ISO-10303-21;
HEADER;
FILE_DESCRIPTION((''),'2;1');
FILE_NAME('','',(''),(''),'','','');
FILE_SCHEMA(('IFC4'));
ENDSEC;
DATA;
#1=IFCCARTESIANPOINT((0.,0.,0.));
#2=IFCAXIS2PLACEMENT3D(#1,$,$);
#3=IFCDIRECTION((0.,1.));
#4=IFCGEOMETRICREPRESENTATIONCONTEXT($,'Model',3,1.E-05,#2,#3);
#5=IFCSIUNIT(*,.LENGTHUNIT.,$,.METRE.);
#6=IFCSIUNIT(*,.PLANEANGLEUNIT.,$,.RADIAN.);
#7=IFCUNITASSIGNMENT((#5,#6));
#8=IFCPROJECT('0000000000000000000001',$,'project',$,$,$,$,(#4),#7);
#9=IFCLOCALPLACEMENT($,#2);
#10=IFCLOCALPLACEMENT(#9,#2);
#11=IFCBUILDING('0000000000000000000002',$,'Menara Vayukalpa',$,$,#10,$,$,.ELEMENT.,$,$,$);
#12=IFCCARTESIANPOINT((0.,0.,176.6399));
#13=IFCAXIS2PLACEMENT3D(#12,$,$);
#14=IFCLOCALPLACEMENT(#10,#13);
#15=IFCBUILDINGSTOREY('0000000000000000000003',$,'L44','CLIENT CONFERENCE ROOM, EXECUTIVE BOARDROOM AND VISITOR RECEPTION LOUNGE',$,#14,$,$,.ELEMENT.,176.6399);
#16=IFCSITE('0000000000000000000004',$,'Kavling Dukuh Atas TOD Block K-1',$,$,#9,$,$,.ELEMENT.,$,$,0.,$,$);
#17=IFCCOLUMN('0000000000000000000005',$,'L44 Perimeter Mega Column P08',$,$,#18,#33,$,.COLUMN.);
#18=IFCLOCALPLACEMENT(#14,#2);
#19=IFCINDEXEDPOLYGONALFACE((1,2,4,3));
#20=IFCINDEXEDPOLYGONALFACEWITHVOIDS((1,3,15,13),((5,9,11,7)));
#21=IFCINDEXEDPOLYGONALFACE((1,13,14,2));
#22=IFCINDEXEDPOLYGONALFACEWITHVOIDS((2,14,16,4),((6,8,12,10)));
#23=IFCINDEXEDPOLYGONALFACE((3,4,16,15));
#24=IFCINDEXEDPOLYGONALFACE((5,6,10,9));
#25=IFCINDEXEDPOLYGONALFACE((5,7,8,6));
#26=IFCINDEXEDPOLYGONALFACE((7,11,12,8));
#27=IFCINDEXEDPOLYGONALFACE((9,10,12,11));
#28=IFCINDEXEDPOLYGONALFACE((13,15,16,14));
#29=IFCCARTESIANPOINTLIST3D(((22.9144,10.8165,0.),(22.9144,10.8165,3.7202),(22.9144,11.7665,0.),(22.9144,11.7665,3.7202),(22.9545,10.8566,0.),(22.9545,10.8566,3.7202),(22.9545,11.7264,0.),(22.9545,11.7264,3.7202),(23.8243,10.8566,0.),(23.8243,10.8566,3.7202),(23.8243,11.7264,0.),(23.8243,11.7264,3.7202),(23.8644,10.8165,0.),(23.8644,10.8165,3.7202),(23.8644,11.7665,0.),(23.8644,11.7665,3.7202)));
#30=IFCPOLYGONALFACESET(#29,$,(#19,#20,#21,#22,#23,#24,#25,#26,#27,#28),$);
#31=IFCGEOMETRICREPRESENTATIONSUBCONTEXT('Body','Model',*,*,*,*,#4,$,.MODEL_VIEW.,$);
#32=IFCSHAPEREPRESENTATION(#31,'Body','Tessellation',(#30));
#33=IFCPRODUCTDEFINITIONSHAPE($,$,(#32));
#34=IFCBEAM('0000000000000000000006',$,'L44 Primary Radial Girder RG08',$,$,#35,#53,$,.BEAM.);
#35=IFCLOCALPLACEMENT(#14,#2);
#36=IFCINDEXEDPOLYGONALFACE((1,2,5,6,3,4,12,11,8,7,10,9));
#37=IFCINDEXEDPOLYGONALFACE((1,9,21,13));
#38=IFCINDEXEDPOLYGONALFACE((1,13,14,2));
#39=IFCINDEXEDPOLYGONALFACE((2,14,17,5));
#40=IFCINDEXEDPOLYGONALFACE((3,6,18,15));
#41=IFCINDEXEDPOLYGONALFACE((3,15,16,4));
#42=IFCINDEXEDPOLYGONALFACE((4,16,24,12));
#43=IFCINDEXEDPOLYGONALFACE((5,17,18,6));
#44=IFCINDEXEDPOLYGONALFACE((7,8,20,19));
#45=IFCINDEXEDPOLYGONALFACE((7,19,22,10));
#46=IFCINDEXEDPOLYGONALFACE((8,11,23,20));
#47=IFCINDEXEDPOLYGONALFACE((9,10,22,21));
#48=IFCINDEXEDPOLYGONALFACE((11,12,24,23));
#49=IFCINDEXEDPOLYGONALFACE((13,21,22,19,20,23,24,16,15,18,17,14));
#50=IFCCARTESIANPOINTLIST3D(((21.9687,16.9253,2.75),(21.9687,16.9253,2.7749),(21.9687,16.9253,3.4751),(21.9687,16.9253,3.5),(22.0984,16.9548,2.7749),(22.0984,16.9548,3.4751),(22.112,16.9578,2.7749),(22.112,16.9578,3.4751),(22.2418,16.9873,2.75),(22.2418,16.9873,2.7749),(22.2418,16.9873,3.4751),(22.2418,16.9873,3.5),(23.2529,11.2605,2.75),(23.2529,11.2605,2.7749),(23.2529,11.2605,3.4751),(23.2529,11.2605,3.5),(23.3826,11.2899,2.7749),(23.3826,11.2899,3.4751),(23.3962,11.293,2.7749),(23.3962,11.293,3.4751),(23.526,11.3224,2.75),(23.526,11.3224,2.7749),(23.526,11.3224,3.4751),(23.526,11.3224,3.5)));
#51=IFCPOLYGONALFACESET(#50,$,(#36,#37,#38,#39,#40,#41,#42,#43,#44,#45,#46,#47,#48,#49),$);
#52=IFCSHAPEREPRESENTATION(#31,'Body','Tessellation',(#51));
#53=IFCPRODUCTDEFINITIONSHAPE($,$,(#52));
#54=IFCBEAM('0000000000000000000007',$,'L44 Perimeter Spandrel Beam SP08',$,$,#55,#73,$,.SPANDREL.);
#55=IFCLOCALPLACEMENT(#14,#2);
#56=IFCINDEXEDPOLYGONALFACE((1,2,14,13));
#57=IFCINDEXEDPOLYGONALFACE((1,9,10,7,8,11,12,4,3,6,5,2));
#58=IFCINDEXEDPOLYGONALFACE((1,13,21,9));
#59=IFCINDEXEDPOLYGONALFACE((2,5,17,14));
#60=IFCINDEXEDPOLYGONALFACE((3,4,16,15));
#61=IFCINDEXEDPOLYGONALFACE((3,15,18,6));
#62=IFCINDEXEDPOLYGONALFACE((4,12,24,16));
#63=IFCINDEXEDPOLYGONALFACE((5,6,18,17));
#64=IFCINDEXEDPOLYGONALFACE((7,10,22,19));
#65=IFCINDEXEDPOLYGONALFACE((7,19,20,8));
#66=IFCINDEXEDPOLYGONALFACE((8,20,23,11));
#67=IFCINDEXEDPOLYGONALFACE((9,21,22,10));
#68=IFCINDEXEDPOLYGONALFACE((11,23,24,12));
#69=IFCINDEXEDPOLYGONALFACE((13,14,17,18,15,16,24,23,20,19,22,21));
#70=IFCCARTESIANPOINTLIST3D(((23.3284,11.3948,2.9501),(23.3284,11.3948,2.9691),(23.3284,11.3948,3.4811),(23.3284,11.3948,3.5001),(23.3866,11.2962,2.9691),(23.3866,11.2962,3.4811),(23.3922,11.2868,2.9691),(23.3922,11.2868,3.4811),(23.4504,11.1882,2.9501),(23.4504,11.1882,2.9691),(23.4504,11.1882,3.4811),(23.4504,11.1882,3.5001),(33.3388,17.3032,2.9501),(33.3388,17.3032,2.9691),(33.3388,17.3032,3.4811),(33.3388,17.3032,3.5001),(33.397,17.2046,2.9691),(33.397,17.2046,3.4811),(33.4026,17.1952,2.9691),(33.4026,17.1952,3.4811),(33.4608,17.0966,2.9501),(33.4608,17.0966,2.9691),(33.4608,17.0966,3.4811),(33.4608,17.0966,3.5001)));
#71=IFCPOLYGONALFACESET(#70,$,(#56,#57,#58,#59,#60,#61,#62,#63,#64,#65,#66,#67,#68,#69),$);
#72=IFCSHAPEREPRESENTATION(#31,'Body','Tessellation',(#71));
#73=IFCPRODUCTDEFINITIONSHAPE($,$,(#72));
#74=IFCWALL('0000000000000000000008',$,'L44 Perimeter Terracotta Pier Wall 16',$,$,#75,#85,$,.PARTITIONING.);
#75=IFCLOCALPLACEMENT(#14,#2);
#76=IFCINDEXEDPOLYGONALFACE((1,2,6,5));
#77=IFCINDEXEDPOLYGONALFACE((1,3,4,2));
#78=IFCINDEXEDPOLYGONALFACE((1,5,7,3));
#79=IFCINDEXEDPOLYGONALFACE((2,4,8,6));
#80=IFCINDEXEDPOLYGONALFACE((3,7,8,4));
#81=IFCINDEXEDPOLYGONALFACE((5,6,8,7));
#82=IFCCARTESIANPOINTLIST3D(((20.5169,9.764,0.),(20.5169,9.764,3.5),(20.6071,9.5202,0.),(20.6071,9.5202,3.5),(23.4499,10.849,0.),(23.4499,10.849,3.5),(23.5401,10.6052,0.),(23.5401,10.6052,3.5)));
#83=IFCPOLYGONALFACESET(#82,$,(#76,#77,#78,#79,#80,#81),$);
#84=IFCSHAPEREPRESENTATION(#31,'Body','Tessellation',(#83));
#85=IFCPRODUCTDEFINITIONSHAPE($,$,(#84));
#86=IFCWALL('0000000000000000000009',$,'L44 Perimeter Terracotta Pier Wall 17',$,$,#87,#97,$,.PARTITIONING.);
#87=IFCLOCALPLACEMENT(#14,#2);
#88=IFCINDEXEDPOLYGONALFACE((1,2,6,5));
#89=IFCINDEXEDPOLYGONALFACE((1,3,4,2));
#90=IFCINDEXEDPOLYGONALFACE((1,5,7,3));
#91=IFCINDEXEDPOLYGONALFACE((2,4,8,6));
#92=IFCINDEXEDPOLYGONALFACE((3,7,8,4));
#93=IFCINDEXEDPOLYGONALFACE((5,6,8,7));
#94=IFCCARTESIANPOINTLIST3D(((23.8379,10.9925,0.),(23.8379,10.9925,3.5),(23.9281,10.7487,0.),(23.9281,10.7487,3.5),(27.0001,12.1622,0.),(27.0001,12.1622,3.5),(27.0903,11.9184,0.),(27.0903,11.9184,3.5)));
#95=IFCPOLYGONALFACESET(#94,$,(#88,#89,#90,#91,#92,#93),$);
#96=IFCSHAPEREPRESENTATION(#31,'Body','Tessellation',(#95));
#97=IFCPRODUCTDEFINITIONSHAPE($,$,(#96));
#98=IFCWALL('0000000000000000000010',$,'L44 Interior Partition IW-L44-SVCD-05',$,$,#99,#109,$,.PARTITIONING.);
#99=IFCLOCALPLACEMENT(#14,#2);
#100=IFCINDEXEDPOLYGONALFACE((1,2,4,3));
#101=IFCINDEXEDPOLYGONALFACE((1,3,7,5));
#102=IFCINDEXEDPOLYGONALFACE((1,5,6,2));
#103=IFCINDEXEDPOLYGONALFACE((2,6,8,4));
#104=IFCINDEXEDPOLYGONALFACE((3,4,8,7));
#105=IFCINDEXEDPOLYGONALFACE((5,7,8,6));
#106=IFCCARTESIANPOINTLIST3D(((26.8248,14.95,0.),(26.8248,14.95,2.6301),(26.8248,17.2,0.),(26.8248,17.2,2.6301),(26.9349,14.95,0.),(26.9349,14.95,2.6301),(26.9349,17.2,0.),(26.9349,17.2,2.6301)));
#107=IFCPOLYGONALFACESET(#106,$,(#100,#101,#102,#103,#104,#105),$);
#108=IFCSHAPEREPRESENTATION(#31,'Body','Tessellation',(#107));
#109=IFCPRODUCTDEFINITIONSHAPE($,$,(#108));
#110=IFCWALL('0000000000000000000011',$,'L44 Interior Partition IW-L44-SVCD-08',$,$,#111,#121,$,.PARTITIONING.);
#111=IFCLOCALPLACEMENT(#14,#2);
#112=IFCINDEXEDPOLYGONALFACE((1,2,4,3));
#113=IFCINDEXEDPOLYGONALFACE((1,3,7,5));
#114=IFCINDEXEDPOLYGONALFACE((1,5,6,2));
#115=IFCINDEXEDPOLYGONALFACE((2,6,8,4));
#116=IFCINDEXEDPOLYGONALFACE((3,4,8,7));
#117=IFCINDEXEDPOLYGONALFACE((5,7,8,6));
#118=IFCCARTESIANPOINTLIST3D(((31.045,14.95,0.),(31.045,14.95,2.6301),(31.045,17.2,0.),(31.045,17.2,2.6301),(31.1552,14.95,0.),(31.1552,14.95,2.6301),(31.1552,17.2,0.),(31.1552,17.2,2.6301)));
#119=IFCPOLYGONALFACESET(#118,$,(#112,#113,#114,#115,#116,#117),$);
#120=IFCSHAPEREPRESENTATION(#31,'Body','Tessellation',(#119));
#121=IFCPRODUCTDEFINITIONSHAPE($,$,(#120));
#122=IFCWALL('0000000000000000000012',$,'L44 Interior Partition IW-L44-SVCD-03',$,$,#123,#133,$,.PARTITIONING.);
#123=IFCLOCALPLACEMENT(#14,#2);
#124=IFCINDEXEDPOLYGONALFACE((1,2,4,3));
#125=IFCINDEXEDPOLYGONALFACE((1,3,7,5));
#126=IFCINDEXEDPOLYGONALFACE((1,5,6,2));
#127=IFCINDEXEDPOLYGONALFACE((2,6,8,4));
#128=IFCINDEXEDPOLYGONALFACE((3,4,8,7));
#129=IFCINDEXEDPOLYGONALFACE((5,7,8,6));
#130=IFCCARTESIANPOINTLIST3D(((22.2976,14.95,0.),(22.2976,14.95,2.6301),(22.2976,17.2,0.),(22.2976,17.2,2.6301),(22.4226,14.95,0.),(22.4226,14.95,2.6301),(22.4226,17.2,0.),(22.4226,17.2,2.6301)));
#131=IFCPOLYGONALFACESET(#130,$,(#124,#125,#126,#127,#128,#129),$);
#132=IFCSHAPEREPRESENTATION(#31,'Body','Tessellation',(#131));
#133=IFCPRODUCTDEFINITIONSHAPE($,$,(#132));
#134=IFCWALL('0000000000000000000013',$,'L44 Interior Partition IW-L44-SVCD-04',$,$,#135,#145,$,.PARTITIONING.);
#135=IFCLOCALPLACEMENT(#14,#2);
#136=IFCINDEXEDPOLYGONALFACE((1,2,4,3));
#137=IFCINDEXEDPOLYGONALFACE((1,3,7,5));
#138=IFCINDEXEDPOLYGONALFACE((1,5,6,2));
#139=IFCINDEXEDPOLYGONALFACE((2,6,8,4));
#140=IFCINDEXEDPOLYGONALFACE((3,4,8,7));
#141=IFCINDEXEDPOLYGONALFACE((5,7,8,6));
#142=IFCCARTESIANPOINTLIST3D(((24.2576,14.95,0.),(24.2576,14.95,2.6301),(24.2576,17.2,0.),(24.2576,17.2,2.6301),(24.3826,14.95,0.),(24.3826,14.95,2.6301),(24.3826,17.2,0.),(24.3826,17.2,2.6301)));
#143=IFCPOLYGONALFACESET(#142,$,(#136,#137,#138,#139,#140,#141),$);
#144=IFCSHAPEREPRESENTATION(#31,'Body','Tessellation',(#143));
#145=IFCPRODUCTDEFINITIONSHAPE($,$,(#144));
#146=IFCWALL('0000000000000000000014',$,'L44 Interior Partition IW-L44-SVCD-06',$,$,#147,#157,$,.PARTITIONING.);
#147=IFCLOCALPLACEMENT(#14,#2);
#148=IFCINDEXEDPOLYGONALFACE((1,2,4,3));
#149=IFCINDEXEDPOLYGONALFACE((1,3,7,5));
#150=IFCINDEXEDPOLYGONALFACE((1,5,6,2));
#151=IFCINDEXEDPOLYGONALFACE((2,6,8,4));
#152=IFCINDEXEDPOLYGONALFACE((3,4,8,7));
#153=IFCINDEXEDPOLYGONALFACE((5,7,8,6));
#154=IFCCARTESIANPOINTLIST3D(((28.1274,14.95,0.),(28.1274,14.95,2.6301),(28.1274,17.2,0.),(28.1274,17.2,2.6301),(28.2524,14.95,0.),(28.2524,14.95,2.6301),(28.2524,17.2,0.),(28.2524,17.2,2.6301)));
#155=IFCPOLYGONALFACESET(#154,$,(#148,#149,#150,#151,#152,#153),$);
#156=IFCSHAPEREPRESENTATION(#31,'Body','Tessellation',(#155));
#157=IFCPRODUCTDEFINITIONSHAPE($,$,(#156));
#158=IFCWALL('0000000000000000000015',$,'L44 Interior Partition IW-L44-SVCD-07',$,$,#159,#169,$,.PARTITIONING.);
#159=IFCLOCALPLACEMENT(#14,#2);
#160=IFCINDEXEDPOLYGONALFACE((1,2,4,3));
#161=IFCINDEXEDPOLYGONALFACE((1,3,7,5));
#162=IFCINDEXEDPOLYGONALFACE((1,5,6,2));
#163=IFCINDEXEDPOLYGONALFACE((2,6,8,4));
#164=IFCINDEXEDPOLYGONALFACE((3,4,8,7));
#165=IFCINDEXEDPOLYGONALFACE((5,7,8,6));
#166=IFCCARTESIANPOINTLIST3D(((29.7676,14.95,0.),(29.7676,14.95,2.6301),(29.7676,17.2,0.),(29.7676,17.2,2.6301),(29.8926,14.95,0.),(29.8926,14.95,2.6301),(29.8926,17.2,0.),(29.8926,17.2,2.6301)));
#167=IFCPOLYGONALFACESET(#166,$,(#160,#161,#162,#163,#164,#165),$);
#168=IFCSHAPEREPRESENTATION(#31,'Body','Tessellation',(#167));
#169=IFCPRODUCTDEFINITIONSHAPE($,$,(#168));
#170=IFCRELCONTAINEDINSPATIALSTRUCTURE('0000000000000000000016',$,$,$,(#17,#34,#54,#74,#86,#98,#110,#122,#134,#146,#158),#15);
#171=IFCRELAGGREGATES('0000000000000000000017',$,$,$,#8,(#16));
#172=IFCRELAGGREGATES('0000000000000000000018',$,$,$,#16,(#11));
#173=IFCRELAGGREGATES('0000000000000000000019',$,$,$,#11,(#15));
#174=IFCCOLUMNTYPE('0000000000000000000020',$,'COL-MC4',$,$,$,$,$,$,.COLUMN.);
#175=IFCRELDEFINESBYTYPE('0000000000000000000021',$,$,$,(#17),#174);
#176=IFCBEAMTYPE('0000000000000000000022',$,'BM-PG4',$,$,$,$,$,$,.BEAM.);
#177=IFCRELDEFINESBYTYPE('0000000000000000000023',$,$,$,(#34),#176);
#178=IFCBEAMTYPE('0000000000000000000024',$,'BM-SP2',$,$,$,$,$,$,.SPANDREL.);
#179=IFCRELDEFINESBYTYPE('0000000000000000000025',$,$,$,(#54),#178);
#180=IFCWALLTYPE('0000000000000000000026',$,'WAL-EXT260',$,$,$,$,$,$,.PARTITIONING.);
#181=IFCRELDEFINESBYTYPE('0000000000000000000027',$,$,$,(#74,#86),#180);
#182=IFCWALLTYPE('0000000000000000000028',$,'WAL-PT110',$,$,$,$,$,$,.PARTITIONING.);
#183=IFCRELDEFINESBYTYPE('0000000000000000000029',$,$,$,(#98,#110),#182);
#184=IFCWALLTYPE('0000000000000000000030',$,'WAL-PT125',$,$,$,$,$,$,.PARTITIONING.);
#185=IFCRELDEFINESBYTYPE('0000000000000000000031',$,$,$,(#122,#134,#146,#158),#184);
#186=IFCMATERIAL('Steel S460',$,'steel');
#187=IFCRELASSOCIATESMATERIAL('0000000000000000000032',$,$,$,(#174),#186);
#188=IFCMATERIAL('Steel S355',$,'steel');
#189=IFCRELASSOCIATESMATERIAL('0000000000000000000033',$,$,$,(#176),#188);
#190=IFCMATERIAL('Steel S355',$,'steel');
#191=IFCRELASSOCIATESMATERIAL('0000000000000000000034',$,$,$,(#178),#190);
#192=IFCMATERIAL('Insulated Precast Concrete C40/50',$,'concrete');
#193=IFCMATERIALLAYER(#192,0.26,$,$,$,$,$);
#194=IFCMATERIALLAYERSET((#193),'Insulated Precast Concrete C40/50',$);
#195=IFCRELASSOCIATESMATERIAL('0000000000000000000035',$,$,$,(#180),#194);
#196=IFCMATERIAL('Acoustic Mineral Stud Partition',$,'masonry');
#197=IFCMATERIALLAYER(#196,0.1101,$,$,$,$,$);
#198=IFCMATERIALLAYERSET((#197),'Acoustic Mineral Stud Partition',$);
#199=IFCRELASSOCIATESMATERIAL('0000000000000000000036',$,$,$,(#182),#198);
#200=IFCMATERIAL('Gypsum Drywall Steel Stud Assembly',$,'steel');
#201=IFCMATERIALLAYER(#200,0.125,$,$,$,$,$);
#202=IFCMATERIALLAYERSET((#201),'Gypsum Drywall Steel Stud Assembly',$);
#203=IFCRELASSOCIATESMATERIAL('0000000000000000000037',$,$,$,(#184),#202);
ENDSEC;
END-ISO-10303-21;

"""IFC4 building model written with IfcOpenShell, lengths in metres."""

from ifc_helpers import new_model, si_unit, direction, frame, frame_2d, origin, origin_2d, place, context, subcontext, project, spatial, rectangle, hollow_rectangle, i_section, extrude, material, layer, layer_set, material_profile, profile_set, type_object, element, save


model = new_model("IFC4")

# Units and contexts
model_context = context("Model", 3, precision=1e-05, world=origin(), true_north=direction((0.0, 1.0)))
body_context = subcontext(model_context, "Body", "Model", "MODEL_VIEW")
ifc_project = project(units=[si_unit("LENGTHUNIT", "METRE"), si_unit("PLANEANGLEUNIT", "RADIAN")], contexts=[model_context])

# Site, building, storey
site_placement = place(None, origin())
site = spatial("IfcSite", under=ifc_project, at=site_placement, Name="Kavling Dukuh Atas TOD Block K-1", CompositionType="ELEMENT", RefElevation=0.0)
building_placement = place(site_placement, origin())
building = spatial("IfcBuilding", under=site, at=building_placement, Name="Menara Vayukalpa", CompositionType="ELEMENT")
storey_placement = place(building_placement, frame((0.0, 0.0, 176.6399)))
storey = spatial("IfcBuildingStorey", under=building, at=storey_placement, Name="L44", Description="CLIENT CONFERENCE ROOM, EXECUTIVE BOARDROOM AND VISITOR RECEPTION LOUNGE", CompositionType="ELEMENT", Elevation=176.6399)

# Column
ifc_material_1 = material(Name="Steel S460", Category="steel")
ifc_material_profile_1 = material_profile(ifc_material_1, hollow_rectangle(XDim=0.95, YDim=0.95, WallThickness=0.04, at=origin_2d()), Name="BOX 950x950x40")
ifc_profile_set_1 = profile_set([ifc_material_profile_1], Name="Steel S460")
column_type = type_object("IfcColumnType", Name="COL-MC4", PredefinedType="COLUMN", material=ifc_profile_set_1)
column_placement = place(storey_placement, frame((23.3894, 11.2915, 0.0), z_axis=(0.0, 0.0, 1.0), x_axis=(1.0, 0.0, 0.0)))
element("IfcColumn", 1, at=column_placement, inside=storey, type_object=column_type, Name="L44 Perimeter Mega Column P08", PredefinedType="COLUMN", context=body_context, shape_type="SweptSolid", body=[
    extrude(hollow_rectangle(XDim=0.95, YDim=0.95, WallThickness=0.04, at=origin_2d()), origin(), (0.0, 0.0, 1.0), 3.7202),
])

# Beams
ifc_material_2 = material(Name="Steel S355", Category="steel")
ifc_material_profile_2 = material_profile(ifc_material_2, i_section(OverallWidth=0.28, OverallDepth=0.75, WebThickness=0.0139, FlangeThickness=0.0249, at=origin_2d()), Name="WF 750x280x14x25")
ifc_profile_set_2 = profile_set([ifc_material_profile_2], Name="Steel S355")
beam_type_1 = type_object("IfcBeamType", Name="BM-PG4", PredefinedType="BEAM", material=ifc_profile_set_2)
beam_1_placement = place(storey_placement, frame((22.1052, 16.9563, 3.125), z_axis=(0.221085, -0.975255, 0.0), x_axis=(0.975255, 0.221085, 0.0)))
element("IfcBeam", 2, at=beam_1_placement, inside=storey, type_object=beam_type_1, Name="L44 Primary Radial Girder RG08", PredefinedType="BEAM", context=body_context, shape_type="SweptSolid", body=[
    extrude(i_section(OverallWidth=0.28, OverallDepth=0.75, WebThickness=0.0139, FlangeThickness=0.0249, at=origin_2d()), origin(), (0.0, 0.0, 1.0), 5.8086),
])
ifc_material_3 = material(Name="Steel S355", Category="steel")
ifc_material_profile_3 = material_profile(ifc_material_3, i_section(OverallWidth=0.24, OverallDepth=0.55, WebThickness=0.011, FlangeThickness=0.019, at=origin_2d()), Name="WF 550x240x11x19")
ifc_profile_set_3 = profile_set([ifc_material_profile_3], Name="Steel S355")
beam_type_2 = type_object("IfcBeamType", Name="BM-SP2", PredefinedType="SPANDREL", material=ifc_profile_set_3)
beam_2_placement = place(storey_placement, frame((23.3894, 11.2915, 3.2251), z_axis=(0.861184, 0.508293, 0.0), x_axis=(-0.508293, 0.861184, 0.0)))
element("IfcBeam", 3, at=beam_2_placement, inside=storey, type_object=beam_type_2, Name="L44 Perimeter Spandrel Beam SP08", PredefinedType="SPANDREL", context=body_context, shape_type="SweptSolid", body=[
    extrude(i_section(OverallWidth=0.24, OverallDepth=0.55, WebThickness=0.011, FlangeThickness=0.019, at=origin_2d()), origin(), (0.0, 0.0, 1.0), 11.624),
])

# Walls
ifc_material_4 = material(Name="Insulated Precast Concrete C40/50", Category="concrete")
ifc_layer_1 = layer(ifc_material_4, 0.26)
ifc_layer_set_1 = layer_set([ifc_layer_1], Name="Insulated Precast Concrete C40/50")
wall_type_1 = type_object("IfcWallType", Name="WAL-EXT260", PredefinedType="PARTITIONING", material=ifc_layer_set_1)
wall_1_placement = place(storey_placement, frame((23.4949, 10.7271, 0.0), z_axis=(0.0, 0.0, 1.0), x_axis=(-0.937882, -0.346953, 0.0)))
element("IfcWall", 4, at=wall_1_placement, inside=storey, type_object=wall_type_1, Name="L44 Perimeter Terracotta Pier Wall 16", PredefinedType="PARTITIONING", context=body_context, shape_type="SweptSolid", body=[
    extrude(rectangle(XDim=3.1272, YDim=0.26, at=frame_2d((1.5635, 0.0))), origin(), (0.0, 0.0, 1.0), 3.5),
])
wall_2_placement = place(storey_placement, frame((27.0452, 12.0403, 0.0), z_axis=(0.0, 0.0, 1.0), x_axis=(-0.937891, -0.34693, 0.0)))
element("IfcWall", 5, at=wall_2_placement, inside=storey, type_object=wall_type_1, Name="L44 Perimeter Terracotta Pier Wall 17", PredefinedType="PARTITIONING", context=body_context, shape_type="SweptSolid", body=[
    extrude(rectangle(XDim=3.3716, YDim=0.26, at=frame_2d((1.6858, 0.0))), origin(), (0.0, 0.0, 1.0), 3.5),
])
ifc_material_5 = material(Name="Acoustic Mineral Stud Partition", Category="masonry")
ifc_layer_2 = layer(ifc_material_5, 0.1101)
ifc_layer_set_2 = layer_set([ifc_layer_2], Name="Acoustic Mineral Stud Partition")
wall_type_2 = type_object("IfcWallType", Name="WAL-PT110", PredefinedType="PARTITIONING", material=ifc_layer_set_2)
for number, where, z_axis, x_axis, name in (
    (6, (26.8799, 14.95, 0.0), (0.0, 0.0, 1.0), (0.0, 1.0, 0.0), "L44 Interior Partition IW-L44-SVCD-05"),
    (7, (31.1001, 14.95, 0.0), (0.0, 0.0, 1.0), (0.0, 1.0, 0.0), "L44 Interior Partition IW-L44-SVCD-08"),
):
    element("IfcWall", number, at=place(storey_placement, frame(where, z_axis=z_axis, x_axis=x_axis)), inside=storey, type_object=wall_type_2, Name=name, PredefinedType="PARTITIONING", context=body_context, shape_type="SweptSolid", body=[
        extrude(rectangle(XDim=2.25, YDim=0.1101, at=frame_2d((1.125, 0.0))), origin(), (0.0, 0.0, 1.0), 2.6301),
    ])
ifc_material_6 = material(Name="Gypsum Drywall Steel Stud Assembly", Category="steel")
ifc_layer_3 = layer(ifc_material_6, 0.125)
ifc_layer_set_3 = layer_set([ifc_layer_3], Name="Gypsum Drywall Steel Stud Assembly")
wall_type_3 = type_object("IfcWallType", Name="WAL-PT125", PredefinedType="PARTITIONING", material=ifc_layer_set_3)
for number, where, z_axis, x_axis, name in (
    (8, (22.3601, 14.95, 0.0), (0.0, 0.0, 1.0), (0.0, 1.0, 0.0), "L44 Interior Partition IW-L44-SVCD-03"),
    (9, (24.3201, 14.95, 0.0), (0.0, 0.0, 1.0), (0.0, 1.0, 0.0), "L44 Interior Partition IW-L44-SVCD-04"),
    (10, (28.1899, 14.95, 0.0), (0.0, 0.0, 1.0), (0.0, 1.0, 0.0), "L44 Interior Partition IW-L44-SVCD-06"),
    (11, (29.8301, 14.95, 0.0), (0.0, 0.0, 1.0), (0.0, 1.0, 0.0), "L44 Interior Partition IW-L44-SVCD-07"),
):
    element("IfcWall", number, at=place(storey_placement, frame(where, z_axis=z_axis, x_axis=x_axis)), inside=storey, type_object=wall_type_3, Name=name, PredefinedType="PARTITIONING", context=body_context, shape_type="SweptSolid", body=[
        extrude(rectangle(XDim=2.25, YDim=0.125, at=frame_2d((1.125, 0.0))), origin(), (0.0, 0.0, 1.0), 2.6301),
    ])

save(model, "model.ifc")
